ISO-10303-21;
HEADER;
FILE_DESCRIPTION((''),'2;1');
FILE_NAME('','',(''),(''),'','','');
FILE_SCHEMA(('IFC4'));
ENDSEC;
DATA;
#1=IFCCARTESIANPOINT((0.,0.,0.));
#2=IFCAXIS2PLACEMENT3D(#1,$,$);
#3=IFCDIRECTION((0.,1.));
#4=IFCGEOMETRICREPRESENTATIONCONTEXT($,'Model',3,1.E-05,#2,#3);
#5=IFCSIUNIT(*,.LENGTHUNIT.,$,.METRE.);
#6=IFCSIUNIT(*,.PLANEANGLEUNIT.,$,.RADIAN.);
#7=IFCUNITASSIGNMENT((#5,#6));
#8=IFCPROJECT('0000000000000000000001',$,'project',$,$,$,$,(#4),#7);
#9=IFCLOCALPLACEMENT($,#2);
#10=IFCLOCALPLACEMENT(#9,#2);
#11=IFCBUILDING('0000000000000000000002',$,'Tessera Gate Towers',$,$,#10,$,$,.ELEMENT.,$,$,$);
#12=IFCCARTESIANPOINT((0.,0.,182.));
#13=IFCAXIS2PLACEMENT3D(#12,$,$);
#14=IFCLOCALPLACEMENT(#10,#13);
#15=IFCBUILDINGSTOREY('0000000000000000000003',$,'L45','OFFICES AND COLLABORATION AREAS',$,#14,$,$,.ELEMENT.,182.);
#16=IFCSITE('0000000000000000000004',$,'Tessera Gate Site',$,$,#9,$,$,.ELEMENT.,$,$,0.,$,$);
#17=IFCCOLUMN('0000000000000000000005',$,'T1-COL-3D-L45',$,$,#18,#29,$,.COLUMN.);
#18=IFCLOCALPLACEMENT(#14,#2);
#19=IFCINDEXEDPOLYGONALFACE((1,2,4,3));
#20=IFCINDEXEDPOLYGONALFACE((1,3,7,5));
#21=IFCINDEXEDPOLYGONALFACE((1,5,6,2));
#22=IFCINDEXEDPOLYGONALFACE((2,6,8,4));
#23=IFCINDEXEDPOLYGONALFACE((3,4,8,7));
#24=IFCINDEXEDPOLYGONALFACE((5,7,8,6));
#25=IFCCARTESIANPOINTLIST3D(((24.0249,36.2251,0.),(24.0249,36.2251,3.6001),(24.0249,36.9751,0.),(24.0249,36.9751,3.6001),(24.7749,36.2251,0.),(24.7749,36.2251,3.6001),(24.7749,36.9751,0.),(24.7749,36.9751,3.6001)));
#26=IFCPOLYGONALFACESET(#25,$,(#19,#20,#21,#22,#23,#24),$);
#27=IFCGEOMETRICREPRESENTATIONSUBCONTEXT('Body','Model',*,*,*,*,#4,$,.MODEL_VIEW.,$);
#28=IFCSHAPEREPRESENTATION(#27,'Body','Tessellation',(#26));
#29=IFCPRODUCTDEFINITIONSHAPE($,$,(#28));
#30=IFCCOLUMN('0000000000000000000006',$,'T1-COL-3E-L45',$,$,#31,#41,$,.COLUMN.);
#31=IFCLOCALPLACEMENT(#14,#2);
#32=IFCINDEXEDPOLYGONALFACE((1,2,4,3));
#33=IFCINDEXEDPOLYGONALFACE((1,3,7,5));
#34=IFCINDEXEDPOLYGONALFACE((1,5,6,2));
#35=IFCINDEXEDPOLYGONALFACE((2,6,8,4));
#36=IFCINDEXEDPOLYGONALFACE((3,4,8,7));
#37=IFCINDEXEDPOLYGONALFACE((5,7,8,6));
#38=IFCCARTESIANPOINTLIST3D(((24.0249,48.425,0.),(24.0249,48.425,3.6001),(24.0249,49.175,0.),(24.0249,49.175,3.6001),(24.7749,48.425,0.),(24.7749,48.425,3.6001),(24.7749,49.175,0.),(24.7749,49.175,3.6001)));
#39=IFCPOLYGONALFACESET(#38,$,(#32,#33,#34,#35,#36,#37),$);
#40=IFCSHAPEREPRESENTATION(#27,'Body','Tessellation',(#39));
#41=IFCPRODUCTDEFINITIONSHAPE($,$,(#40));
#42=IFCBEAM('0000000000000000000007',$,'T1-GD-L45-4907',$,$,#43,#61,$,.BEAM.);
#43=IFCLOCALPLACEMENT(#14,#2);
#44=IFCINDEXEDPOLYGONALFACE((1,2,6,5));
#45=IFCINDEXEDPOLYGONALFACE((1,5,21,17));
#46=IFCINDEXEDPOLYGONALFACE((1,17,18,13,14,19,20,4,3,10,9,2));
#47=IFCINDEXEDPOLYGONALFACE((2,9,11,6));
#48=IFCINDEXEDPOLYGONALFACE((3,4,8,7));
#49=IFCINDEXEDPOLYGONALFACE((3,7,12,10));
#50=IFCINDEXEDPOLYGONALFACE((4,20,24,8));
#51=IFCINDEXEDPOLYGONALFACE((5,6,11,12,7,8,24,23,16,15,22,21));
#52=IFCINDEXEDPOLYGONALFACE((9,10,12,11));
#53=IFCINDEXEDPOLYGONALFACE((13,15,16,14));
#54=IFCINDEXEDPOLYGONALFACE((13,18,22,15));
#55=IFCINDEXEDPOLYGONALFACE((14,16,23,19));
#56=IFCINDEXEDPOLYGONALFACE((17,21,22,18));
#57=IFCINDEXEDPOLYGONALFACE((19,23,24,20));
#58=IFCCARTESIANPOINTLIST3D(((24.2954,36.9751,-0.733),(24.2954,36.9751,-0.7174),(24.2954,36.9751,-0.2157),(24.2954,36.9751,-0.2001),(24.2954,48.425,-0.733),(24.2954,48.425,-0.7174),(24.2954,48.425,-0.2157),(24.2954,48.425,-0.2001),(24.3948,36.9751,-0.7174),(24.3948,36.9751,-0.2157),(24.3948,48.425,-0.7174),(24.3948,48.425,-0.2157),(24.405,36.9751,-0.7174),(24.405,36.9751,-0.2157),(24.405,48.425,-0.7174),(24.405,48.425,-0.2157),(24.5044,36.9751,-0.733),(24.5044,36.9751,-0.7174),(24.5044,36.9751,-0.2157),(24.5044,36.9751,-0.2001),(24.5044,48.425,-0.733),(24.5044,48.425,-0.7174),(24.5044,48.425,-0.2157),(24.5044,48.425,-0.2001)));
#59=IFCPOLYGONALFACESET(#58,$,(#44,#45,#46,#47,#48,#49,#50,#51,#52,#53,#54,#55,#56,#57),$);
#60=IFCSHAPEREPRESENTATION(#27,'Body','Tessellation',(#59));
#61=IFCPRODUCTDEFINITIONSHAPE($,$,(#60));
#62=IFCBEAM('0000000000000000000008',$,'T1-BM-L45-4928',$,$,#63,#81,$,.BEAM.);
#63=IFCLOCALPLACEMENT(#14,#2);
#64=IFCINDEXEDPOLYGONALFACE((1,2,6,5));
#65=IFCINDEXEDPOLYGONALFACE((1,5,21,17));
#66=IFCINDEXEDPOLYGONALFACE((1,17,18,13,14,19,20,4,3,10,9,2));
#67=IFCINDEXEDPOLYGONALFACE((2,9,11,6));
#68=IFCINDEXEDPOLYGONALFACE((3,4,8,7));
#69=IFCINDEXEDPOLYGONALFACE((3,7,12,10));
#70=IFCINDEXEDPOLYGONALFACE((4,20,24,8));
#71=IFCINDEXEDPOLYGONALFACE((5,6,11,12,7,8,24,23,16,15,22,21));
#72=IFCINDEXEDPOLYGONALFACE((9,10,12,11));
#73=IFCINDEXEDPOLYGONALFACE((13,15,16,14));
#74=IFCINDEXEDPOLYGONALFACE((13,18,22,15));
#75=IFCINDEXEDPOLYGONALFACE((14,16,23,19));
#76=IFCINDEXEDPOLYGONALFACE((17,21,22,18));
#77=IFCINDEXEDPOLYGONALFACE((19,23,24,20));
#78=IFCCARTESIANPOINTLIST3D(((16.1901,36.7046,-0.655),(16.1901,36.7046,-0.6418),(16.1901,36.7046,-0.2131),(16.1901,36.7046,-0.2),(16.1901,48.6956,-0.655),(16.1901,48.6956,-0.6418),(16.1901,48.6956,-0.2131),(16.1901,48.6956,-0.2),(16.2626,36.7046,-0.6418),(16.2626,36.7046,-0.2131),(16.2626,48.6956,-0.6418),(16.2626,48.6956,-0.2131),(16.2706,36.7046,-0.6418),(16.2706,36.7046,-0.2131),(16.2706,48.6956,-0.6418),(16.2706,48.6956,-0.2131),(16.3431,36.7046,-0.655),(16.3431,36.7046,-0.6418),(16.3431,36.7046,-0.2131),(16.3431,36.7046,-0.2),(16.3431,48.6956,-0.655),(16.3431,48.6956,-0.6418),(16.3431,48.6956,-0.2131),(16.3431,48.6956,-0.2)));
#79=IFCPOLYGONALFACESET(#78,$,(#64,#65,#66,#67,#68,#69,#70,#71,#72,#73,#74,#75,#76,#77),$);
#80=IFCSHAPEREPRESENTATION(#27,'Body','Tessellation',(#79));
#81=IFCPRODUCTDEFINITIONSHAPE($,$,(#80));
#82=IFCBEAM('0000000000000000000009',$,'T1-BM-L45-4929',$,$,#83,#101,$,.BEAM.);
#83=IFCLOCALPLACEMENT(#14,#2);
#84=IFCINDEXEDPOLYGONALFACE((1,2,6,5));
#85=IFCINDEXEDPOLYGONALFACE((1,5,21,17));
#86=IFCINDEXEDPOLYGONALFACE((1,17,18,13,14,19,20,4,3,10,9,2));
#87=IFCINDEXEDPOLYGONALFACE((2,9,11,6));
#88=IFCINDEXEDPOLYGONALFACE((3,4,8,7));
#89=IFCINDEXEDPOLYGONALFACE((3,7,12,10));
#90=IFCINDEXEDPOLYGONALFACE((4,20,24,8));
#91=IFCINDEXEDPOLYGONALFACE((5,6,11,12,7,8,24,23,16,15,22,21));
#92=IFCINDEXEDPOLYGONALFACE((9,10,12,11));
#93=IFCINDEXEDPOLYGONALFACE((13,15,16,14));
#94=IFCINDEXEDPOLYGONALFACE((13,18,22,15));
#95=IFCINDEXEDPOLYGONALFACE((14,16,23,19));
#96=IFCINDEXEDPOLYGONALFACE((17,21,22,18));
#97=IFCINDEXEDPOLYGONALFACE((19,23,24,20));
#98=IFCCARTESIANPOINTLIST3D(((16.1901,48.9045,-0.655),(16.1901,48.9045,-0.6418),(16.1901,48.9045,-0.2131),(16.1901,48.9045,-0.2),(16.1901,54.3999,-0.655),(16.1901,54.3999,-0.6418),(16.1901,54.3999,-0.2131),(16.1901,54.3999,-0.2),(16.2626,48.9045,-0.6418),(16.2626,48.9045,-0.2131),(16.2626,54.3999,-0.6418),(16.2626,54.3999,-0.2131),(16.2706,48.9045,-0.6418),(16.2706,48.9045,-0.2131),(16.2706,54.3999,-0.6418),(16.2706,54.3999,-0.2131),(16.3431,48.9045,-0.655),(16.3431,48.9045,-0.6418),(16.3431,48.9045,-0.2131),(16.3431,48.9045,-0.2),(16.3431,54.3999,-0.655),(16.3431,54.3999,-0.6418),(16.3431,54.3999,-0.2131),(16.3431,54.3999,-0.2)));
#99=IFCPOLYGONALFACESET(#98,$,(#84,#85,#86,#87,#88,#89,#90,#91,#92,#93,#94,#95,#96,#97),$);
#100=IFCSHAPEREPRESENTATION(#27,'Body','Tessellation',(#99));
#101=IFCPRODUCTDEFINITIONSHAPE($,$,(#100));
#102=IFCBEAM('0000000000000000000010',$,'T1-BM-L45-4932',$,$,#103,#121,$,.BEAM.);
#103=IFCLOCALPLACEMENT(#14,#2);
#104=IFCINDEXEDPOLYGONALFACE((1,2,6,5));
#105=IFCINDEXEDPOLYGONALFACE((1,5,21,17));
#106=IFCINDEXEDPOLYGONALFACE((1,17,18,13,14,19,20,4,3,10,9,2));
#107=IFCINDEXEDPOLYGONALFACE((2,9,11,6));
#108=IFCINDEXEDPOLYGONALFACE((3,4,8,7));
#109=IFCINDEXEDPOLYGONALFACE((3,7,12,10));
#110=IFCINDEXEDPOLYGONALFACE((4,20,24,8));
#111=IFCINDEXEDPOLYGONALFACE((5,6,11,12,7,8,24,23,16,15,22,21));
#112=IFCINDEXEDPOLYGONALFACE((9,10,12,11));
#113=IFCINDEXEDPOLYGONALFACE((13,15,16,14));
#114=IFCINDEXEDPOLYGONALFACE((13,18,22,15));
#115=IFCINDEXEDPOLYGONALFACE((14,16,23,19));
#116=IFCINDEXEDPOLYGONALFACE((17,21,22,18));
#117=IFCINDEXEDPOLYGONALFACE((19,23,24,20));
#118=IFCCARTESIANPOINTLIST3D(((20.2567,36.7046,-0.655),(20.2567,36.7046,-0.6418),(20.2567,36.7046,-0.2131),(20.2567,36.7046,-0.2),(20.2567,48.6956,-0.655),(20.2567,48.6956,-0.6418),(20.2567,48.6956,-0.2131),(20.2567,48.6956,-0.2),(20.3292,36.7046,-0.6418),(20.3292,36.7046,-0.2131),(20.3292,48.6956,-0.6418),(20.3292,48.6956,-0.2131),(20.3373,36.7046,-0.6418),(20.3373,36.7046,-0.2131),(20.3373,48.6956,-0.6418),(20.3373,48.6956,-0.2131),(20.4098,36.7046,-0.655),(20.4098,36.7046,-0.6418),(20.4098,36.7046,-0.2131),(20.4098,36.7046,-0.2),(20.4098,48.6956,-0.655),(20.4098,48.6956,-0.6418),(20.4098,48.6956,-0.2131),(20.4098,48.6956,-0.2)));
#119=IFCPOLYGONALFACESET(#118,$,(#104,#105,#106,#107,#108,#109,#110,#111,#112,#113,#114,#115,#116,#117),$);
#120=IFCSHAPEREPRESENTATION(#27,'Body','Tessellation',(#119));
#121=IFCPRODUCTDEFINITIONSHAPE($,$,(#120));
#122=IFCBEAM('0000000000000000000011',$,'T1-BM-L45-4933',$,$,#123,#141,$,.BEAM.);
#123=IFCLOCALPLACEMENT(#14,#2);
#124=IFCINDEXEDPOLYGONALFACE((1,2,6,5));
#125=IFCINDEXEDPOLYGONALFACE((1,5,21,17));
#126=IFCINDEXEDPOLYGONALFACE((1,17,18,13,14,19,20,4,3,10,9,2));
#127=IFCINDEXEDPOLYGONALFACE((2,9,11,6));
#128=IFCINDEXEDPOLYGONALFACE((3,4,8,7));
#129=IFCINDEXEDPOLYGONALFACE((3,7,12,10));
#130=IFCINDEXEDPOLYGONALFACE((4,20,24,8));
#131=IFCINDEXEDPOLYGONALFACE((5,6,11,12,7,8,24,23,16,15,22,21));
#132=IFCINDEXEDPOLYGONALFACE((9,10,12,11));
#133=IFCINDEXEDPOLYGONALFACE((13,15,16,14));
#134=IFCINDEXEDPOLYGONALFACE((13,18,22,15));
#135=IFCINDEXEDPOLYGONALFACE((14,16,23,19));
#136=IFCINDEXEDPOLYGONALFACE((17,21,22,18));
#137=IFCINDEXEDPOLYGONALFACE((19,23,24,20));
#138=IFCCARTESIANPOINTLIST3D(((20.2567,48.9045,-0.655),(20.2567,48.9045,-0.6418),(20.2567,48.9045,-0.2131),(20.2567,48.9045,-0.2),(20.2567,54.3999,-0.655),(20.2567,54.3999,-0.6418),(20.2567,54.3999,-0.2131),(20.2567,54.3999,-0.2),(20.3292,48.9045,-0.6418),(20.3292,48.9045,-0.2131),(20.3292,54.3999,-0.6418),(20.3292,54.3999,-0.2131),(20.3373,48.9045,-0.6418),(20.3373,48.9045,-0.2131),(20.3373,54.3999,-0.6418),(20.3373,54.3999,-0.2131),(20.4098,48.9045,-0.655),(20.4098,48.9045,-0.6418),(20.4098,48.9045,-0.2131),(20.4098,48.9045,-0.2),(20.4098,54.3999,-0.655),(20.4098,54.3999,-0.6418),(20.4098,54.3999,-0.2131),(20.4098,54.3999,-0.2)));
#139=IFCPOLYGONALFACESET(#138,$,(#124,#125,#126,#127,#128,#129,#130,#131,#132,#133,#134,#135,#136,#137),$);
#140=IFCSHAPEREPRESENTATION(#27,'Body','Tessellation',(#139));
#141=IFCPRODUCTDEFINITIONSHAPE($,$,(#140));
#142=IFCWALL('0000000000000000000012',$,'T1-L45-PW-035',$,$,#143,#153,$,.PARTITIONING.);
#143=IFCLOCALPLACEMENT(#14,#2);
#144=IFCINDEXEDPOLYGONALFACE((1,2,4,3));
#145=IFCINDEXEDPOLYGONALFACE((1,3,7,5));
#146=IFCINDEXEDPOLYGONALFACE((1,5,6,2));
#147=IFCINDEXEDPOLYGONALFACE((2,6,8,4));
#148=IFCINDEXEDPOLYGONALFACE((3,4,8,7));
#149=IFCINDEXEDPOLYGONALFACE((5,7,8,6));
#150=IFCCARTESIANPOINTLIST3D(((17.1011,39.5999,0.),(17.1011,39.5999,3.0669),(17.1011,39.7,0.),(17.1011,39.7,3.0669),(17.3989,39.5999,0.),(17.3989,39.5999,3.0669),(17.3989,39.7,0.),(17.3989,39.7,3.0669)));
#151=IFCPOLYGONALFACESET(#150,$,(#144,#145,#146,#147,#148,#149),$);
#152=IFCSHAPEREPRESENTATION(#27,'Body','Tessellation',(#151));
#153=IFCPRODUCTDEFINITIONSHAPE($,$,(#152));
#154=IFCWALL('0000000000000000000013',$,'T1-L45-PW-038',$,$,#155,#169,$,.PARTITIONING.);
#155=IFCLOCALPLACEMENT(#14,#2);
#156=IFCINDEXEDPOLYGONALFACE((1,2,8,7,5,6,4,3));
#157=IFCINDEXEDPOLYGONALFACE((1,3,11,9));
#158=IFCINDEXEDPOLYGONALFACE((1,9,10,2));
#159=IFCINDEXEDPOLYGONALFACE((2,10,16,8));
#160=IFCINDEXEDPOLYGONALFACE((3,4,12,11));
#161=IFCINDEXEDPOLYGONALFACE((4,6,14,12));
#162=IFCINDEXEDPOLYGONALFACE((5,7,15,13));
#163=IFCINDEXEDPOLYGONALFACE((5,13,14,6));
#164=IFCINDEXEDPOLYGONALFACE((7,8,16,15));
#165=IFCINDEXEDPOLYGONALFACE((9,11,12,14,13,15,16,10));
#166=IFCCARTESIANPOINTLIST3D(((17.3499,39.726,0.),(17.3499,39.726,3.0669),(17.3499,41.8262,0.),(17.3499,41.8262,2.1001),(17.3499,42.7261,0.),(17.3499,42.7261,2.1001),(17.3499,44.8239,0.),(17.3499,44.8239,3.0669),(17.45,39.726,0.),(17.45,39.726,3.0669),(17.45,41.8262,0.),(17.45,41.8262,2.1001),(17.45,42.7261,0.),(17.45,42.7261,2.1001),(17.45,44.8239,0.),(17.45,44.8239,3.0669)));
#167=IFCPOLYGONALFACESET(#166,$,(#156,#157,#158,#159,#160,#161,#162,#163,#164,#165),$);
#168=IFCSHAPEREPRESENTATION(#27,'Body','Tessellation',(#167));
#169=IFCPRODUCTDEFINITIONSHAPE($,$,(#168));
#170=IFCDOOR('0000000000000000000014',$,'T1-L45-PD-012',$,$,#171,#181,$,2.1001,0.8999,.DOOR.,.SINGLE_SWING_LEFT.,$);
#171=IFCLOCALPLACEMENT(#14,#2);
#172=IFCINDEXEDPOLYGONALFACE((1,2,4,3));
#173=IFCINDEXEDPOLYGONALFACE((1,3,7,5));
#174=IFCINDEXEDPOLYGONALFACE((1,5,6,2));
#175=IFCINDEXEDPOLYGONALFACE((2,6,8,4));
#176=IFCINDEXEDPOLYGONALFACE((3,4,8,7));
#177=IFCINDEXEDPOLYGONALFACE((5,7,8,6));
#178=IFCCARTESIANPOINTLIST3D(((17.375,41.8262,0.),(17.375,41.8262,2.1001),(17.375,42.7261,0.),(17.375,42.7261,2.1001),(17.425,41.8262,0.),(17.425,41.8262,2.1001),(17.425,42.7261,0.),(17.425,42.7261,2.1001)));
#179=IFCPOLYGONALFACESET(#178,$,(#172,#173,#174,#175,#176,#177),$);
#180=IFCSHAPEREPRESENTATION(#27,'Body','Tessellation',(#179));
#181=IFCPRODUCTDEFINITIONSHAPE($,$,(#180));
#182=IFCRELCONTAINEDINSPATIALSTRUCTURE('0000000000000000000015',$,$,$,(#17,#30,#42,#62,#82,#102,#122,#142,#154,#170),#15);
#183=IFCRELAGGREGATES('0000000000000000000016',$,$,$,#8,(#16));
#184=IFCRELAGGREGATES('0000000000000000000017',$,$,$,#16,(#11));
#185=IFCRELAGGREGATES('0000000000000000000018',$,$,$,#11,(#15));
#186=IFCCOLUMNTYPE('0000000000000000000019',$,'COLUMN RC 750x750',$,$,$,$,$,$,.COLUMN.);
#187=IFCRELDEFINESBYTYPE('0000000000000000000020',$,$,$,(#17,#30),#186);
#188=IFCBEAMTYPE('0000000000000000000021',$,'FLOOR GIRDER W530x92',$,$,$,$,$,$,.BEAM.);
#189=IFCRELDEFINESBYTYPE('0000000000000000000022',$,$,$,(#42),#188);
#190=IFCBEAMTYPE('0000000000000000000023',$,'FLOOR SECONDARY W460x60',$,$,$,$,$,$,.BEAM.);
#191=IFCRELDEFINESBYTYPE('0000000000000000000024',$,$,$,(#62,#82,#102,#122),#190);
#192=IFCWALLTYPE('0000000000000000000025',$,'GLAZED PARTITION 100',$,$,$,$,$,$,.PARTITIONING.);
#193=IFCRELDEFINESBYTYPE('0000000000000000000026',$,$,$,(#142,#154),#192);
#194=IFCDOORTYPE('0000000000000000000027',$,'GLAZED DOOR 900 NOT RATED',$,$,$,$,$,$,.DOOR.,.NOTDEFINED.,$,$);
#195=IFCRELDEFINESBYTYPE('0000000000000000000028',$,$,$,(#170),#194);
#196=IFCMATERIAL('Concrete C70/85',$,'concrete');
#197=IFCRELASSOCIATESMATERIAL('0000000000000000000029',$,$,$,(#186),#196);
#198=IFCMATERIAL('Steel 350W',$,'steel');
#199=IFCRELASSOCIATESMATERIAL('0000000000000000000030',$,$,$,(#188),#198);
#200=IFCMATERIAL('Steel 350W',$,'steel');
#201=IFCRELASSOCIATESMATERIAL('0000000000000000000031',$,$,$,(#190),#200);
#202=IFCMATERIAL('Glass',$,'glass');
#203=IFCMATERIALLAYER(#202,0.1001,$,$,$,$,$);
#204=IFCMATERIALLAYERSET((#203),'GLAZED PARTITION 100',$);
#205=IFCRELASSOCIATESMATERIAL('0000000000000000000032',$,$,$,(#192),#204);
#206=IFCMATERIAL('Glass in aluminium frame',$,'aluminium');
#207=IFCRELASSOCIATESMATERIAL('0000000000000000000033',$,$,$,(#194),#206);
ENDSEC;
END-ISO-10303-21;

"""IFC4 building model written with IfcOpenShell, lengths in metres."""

from ifc_helpers import new_model, si_unit, direction, frame, frame_2d, origin, origin_2d, place, context, subcontext, project, spatial, rectangle, i_section, extrude, source, transform, mapped, material, layer, layer_set, material_profile, profile_set, type_object, element, fill, save


model = new_model("IFC4")

# Units and contexts
model_context = context("Model", 3, precision=1e-05, world=origin(), true_north=direction((0.0, 1.0)))
body_context = subcontext(model_context, "Body", "Model", "MODEL_VIEW")
ifc_project = project(units=[si_unit("LENGTHUNIT", "METRE"), si_unit("PLANEANGLEUNIT", "RADIAN")], contexts=[model_context])

# Site, building, storey
site_placement = place(None, origin())
site = spatial("IfcSite", under=ifc_project, at=site_placement, Name="Tessera Gate Site", CompositionType="ELEMENT", RefElevation=0.0)
building_placement = place(site_placement, origin())
building = spatial("IfcBuilding", under=site, at=building_placement, Name="Tessera Gate Towers", CompositionType="ELEMENT")
storey_placement = place(building_placement, frame((0.0, 0.0, 182.0)))
storey = spatial("IfcBuildingStorey", under=building, at=storey_placement, Name="L45", Description="OFFICES AND COLLABORATION AREAS", CompositionType="ELEMENT", Elevation=182.0)

# Columns
ifc_material_1 = material(Name="Concrete C70/85", Category="concrete")
ifc_material_profile_1 = material_profile(ifc_material_1, rectangle(XDim=0.75, YDim=0.75, at=origin_2d()), Name="RC 750x750")
ifc_profile_set_1 = profile_set([ifc_material_profile_1], Name="Concrete C70/85")
column_type = type_object("IfcColumnType", Name="COLUMN RC 750x750", PredefinedType="COLUMN", material=ifc_profile_set_1)
for number, where, z_axis, x_axis, name in (
    (1, (24.3999, 36.6001, 0.0), (0.0, 0.0, 1.0), (1.0, 0.0, 0.0), "T1-COL-3D-L45"),
    (2, (24.3999, 48.8, 0.0), (0.0, 0.0, 1.0), (1.0, 0.0, 0.0), "T1-COL-3E-L45"),
):
    element("IfcColumn", number, at=place(storey_placement, frame(where, z_axis=z_axis, x_axis=x_axis)), inside=storey, type_object=column_type, Name=name, PredefinedType="COLUMN", context=body_context, shape_type="SweptSolid", body=[
        extrude(rectangle(XDim=0.75, YDim=0.75, at=origin_2d()), origin(), (0.0, 0.0, 1.0), 3.6001),
    ])

# Beams
ifc_material_2 = material(Name="Steel 350W", Category="steel")
ifc_material_profile_2 = material_profile(ifc_material_2, i_section(OverallWidth=0.209, OverallDepth=0.533, WebThickness=0.0103, FlangeThickness=0.0156, at=origin_2d()), Name="W530x92")
ifc_profile_set_2 = profile_set([ifc_material_profile_2], Name="Steel 350W")
beam_type_1 = type_object("IfcBeamType", Name="FLOOR GIRDER W530x92", PredefinedType="BEAM", material=ifc_profile_set_2)
beam_1_placement = place(storey_placement, frame((24.3999, 36.9751, -0.4666), z_axis=(0.0, 1.0, 0.0), x_axis=(-1.0, 0.0, 0.0)))
element("IfcBeam", 3, at=beam_1_placement, inside=storey, type_object=beam_type_1, Name="T1-GD-L45-4907", PredefinedType="BEAM", context=body_context, shape_type="SweptSolid", body=[
    extrude(i_section(OverallWidth=0.209, OverallDepth=0.533, WebThickness=0.0103, FlangeThickness=0.0156, at=origin_2d()), origin(), (0.0, 0.0, 1.0), 11.45),
])
ifc_material_3 = material(Name="Steel 350W", Category="steel")
ifc_material_profile_3 = material_profile(ifc_material_3, i_section(OverallWidth=0.1531, OverallDepth=0.4551, WebThickness=0.0081, FlangeThickness=0.0132, at=origin_2d()), Name="W460x60")
ifc_profile_set_3 = profile_set([ifc_material_profile_3], Name="Steel 350W")
beam_type_2 = type_object("IfcBeamType", Name="FLOOR SECONDARY W460x60", PredefinedType="BEAM", material=ifc_profile_set_3)
beam_2_placement = place(storey_placement, frame((16.2666, 36.7046, -0.4275), z_axis=(0.0, 1.0, 0.0), x_axis=(-1.0, 0.0, 0.0)))
element("IfcBeam", 4, at=beam_2_placement, inside=storey, type_object=beam_type_2, Name="T1-BM-L45-4928", PredefinedType="BEAM", context=body_context, shape_type="SweptSolid", body=[
    extrude(i_section(OverallWidth=0.1531, OverallDepth=0.4551, WebThickness=0.0081, FlangeThickness=0.0132, at=origin_2d()), origin(), (0.0, 0.0, 1.0), 11.991),
])
beam_3_placement = place(storey_placement, frame((16.2666, 48.9045, -0.4275), z_axis=(0.0, 1.0, 0.0), x_axis=(-1.0, 0.0, 0.0)))
element("IfcBeam", 5, at=beam_3_placement, inside=storey, type_object=beam_type_2, Name="T1-BM-L45-4929", PredefinedType="BEAM", context=body_context, shape_type="SweptSolid", body=[
    extrude(i_section(OverallWidth=0.1531, OverallDepth=0.4551, WebThickness=0.0081, FlangeThickness=0.0132, at=origin_2d()), origin(), (0.0, 0.0, 1.0), 5.4954),
])
beam_4_placement = place(storey_placement, frame((20.3333, 36.7046, -0.4275), z_axis=(0.0, 1.0, 0.0), x_axis=(-1.0, 0.0, 0.0)))
element("IfcBeam", 6, at=beam_4_placement, inside=storey, type_object=beam_type_2, Name="T1-BM-L45-4932", PredefinedType="BEAM", context=body_context, shape_type="SweptSolid", body=[
    extrude(i_section(OverallWidth=0.1531, OverallDepth=0.4551, WebThickness=0.0081, FlangeThickness=0.0132, at=origin_2d()), origin(), (0.0, 0.0, 1.0), 11.991),
])
beam_5_placement = place(storey_placement, frame((20.3333, 48.9045, -0.4275), z_axis=(0.0, 1.0, 0.0), x_axis=(-1.0, 0.0, 0.0)))
element("IfcBeam", 7, at=beam_5_placement, inside=storey, type_object=beam_type_2, Name="T1-BM-L45-4933", PredefinedType="BEAM", context=body_context, shape_type="SweptSolid", body=[
    extrude(i_section(OverallWidth=0.1531, OverallDepth=0.4551, WebThickness=0.0081, FlangeThickness=0.0132, at=origin_2d()), origin(), (0.0, 0.0, 1.0), 5.4954),
])

# Wall
ifc_material_4 = material(Name="Glass", Category="glass")
ifc_layer_1 = layer(ifc_material_4, 0.1001)
ifc_layer_set_1 = layer_set([ifc_layer_1], Name="GLAZED PARTITION 100")
wall_type_1 = type_object("IfcWallType", Name="GLAZED PARTITION 100", PredefinedType="PARTITIONING", material=ifc_layer_set_1)
wall_1_placement = place(storey_placement, frame((17.1011, 39.6499, 0.0), z_axis=(0.0, 0.0, 1.0), x_axis=(1.0, 0.0, 0.0)))
element("IfcWall", 8, at=wall_1_placement, inside=storey, type_object=wall_type_1, Name="T1-L45-PW-035", PredefinedType="PARTITIONING", context=body_context, shape_type="SweptSolid", body=[
    extrude(rectangle(XDim=0.2979, YDim=0.1001, at=frame_2d((0.1489, 0.0))), origin(), (0.0, 0.0, 1.0), 3.0669),
])

# Wall, opening, door
wall_2_placement = place(storey_placement, frame((17.3999, 39.7261, 0.0), z_axis=(0.0, 0.0, 1.0), x_axis=(0.0, 1.0, 0.0)))
wall_2 = element("IfcWall", 9, at=wall_2_placement, inside=storey, type_object=wall_type_1, Name="T1-L45-PW-038", PredefinedType="PARTITIONING", context=body_context, shape_type="SweptSolid", body=[
    extrude(rectangle(XDim=5.0979, YDim=0.1001, at=frame_2d((2.5488, 0.0))), origin(), (0.0, 0.0, 1.0), 3.0669),
])
shared_shape_1 = source(origin(), body_context, "Body", "SweptSolid", [
    extrude(rectangle(XDim=0.8999, YDim=2.1001, at=frame_2d((0.45, 1.05))), frame((0.0, 0.0601, 0.0), z_axis=(0.0, -1.0, 0.0), x_axis=(1.0, 0.0, 0.0)), (0.0, 0.0, 1.0), 0.1201),
])
opening_1_placement = place(wall_2_placement, frame((2.1001, 0.0, 0.0)))
opening_1 = element("IfcOpeningElement", 10, at=opening_1_placement, cuts=wall_2, PredefinedType="OPENING", context=body_context, shape_type="MappedRepresentation", body=[
    mapped(shared_shape_1, transform((0.0, 0.0, 0.0), scale=1.0)),
])
ifc_material_5 = material(Name="Glass in aluminium frame", Category="aluminium")
door_type = type_object("IfcDoorType", Name="GLAZED DOOR 900 NOT RATED", OperationType="NOTDEFINED", PredefinedType="DOOR", material=ifc_material_5)
shared_shape_2 = source(origin(), body_context, "Body", "SweptSolid", [
    extrude(rectangle(XDim=0.8999, YDim=2.1001, at=frame_2d((0.45, 1.05))), frame((0.0, 0.0249, 0.0), z_axis=(0.0, -1.0, 0.0), x_axis=(1.0, 0.0, 0.0)), (0.0, 0.0, 1.0), 0.05),
])
door_placement = place(opening_1_placement, origin())
door = element("IfcDoor", 11, at=door_placement, inside=storey, type_object=door_type, Name="T1-L45-PD-012", OperationType="SINGLE_SWING_LEFT", OverallHeight=2.1001, OverallWidth=0.8999, PredefinedType="DOOR", context=body_context, shape_type="MappedRepresentation", body=[
    mapped(shared_shape_2, transform((0.0, 0.0, 0.0), scale=1.0)),
])
fill(opening_1, door)

save(model, "model.ifc")
